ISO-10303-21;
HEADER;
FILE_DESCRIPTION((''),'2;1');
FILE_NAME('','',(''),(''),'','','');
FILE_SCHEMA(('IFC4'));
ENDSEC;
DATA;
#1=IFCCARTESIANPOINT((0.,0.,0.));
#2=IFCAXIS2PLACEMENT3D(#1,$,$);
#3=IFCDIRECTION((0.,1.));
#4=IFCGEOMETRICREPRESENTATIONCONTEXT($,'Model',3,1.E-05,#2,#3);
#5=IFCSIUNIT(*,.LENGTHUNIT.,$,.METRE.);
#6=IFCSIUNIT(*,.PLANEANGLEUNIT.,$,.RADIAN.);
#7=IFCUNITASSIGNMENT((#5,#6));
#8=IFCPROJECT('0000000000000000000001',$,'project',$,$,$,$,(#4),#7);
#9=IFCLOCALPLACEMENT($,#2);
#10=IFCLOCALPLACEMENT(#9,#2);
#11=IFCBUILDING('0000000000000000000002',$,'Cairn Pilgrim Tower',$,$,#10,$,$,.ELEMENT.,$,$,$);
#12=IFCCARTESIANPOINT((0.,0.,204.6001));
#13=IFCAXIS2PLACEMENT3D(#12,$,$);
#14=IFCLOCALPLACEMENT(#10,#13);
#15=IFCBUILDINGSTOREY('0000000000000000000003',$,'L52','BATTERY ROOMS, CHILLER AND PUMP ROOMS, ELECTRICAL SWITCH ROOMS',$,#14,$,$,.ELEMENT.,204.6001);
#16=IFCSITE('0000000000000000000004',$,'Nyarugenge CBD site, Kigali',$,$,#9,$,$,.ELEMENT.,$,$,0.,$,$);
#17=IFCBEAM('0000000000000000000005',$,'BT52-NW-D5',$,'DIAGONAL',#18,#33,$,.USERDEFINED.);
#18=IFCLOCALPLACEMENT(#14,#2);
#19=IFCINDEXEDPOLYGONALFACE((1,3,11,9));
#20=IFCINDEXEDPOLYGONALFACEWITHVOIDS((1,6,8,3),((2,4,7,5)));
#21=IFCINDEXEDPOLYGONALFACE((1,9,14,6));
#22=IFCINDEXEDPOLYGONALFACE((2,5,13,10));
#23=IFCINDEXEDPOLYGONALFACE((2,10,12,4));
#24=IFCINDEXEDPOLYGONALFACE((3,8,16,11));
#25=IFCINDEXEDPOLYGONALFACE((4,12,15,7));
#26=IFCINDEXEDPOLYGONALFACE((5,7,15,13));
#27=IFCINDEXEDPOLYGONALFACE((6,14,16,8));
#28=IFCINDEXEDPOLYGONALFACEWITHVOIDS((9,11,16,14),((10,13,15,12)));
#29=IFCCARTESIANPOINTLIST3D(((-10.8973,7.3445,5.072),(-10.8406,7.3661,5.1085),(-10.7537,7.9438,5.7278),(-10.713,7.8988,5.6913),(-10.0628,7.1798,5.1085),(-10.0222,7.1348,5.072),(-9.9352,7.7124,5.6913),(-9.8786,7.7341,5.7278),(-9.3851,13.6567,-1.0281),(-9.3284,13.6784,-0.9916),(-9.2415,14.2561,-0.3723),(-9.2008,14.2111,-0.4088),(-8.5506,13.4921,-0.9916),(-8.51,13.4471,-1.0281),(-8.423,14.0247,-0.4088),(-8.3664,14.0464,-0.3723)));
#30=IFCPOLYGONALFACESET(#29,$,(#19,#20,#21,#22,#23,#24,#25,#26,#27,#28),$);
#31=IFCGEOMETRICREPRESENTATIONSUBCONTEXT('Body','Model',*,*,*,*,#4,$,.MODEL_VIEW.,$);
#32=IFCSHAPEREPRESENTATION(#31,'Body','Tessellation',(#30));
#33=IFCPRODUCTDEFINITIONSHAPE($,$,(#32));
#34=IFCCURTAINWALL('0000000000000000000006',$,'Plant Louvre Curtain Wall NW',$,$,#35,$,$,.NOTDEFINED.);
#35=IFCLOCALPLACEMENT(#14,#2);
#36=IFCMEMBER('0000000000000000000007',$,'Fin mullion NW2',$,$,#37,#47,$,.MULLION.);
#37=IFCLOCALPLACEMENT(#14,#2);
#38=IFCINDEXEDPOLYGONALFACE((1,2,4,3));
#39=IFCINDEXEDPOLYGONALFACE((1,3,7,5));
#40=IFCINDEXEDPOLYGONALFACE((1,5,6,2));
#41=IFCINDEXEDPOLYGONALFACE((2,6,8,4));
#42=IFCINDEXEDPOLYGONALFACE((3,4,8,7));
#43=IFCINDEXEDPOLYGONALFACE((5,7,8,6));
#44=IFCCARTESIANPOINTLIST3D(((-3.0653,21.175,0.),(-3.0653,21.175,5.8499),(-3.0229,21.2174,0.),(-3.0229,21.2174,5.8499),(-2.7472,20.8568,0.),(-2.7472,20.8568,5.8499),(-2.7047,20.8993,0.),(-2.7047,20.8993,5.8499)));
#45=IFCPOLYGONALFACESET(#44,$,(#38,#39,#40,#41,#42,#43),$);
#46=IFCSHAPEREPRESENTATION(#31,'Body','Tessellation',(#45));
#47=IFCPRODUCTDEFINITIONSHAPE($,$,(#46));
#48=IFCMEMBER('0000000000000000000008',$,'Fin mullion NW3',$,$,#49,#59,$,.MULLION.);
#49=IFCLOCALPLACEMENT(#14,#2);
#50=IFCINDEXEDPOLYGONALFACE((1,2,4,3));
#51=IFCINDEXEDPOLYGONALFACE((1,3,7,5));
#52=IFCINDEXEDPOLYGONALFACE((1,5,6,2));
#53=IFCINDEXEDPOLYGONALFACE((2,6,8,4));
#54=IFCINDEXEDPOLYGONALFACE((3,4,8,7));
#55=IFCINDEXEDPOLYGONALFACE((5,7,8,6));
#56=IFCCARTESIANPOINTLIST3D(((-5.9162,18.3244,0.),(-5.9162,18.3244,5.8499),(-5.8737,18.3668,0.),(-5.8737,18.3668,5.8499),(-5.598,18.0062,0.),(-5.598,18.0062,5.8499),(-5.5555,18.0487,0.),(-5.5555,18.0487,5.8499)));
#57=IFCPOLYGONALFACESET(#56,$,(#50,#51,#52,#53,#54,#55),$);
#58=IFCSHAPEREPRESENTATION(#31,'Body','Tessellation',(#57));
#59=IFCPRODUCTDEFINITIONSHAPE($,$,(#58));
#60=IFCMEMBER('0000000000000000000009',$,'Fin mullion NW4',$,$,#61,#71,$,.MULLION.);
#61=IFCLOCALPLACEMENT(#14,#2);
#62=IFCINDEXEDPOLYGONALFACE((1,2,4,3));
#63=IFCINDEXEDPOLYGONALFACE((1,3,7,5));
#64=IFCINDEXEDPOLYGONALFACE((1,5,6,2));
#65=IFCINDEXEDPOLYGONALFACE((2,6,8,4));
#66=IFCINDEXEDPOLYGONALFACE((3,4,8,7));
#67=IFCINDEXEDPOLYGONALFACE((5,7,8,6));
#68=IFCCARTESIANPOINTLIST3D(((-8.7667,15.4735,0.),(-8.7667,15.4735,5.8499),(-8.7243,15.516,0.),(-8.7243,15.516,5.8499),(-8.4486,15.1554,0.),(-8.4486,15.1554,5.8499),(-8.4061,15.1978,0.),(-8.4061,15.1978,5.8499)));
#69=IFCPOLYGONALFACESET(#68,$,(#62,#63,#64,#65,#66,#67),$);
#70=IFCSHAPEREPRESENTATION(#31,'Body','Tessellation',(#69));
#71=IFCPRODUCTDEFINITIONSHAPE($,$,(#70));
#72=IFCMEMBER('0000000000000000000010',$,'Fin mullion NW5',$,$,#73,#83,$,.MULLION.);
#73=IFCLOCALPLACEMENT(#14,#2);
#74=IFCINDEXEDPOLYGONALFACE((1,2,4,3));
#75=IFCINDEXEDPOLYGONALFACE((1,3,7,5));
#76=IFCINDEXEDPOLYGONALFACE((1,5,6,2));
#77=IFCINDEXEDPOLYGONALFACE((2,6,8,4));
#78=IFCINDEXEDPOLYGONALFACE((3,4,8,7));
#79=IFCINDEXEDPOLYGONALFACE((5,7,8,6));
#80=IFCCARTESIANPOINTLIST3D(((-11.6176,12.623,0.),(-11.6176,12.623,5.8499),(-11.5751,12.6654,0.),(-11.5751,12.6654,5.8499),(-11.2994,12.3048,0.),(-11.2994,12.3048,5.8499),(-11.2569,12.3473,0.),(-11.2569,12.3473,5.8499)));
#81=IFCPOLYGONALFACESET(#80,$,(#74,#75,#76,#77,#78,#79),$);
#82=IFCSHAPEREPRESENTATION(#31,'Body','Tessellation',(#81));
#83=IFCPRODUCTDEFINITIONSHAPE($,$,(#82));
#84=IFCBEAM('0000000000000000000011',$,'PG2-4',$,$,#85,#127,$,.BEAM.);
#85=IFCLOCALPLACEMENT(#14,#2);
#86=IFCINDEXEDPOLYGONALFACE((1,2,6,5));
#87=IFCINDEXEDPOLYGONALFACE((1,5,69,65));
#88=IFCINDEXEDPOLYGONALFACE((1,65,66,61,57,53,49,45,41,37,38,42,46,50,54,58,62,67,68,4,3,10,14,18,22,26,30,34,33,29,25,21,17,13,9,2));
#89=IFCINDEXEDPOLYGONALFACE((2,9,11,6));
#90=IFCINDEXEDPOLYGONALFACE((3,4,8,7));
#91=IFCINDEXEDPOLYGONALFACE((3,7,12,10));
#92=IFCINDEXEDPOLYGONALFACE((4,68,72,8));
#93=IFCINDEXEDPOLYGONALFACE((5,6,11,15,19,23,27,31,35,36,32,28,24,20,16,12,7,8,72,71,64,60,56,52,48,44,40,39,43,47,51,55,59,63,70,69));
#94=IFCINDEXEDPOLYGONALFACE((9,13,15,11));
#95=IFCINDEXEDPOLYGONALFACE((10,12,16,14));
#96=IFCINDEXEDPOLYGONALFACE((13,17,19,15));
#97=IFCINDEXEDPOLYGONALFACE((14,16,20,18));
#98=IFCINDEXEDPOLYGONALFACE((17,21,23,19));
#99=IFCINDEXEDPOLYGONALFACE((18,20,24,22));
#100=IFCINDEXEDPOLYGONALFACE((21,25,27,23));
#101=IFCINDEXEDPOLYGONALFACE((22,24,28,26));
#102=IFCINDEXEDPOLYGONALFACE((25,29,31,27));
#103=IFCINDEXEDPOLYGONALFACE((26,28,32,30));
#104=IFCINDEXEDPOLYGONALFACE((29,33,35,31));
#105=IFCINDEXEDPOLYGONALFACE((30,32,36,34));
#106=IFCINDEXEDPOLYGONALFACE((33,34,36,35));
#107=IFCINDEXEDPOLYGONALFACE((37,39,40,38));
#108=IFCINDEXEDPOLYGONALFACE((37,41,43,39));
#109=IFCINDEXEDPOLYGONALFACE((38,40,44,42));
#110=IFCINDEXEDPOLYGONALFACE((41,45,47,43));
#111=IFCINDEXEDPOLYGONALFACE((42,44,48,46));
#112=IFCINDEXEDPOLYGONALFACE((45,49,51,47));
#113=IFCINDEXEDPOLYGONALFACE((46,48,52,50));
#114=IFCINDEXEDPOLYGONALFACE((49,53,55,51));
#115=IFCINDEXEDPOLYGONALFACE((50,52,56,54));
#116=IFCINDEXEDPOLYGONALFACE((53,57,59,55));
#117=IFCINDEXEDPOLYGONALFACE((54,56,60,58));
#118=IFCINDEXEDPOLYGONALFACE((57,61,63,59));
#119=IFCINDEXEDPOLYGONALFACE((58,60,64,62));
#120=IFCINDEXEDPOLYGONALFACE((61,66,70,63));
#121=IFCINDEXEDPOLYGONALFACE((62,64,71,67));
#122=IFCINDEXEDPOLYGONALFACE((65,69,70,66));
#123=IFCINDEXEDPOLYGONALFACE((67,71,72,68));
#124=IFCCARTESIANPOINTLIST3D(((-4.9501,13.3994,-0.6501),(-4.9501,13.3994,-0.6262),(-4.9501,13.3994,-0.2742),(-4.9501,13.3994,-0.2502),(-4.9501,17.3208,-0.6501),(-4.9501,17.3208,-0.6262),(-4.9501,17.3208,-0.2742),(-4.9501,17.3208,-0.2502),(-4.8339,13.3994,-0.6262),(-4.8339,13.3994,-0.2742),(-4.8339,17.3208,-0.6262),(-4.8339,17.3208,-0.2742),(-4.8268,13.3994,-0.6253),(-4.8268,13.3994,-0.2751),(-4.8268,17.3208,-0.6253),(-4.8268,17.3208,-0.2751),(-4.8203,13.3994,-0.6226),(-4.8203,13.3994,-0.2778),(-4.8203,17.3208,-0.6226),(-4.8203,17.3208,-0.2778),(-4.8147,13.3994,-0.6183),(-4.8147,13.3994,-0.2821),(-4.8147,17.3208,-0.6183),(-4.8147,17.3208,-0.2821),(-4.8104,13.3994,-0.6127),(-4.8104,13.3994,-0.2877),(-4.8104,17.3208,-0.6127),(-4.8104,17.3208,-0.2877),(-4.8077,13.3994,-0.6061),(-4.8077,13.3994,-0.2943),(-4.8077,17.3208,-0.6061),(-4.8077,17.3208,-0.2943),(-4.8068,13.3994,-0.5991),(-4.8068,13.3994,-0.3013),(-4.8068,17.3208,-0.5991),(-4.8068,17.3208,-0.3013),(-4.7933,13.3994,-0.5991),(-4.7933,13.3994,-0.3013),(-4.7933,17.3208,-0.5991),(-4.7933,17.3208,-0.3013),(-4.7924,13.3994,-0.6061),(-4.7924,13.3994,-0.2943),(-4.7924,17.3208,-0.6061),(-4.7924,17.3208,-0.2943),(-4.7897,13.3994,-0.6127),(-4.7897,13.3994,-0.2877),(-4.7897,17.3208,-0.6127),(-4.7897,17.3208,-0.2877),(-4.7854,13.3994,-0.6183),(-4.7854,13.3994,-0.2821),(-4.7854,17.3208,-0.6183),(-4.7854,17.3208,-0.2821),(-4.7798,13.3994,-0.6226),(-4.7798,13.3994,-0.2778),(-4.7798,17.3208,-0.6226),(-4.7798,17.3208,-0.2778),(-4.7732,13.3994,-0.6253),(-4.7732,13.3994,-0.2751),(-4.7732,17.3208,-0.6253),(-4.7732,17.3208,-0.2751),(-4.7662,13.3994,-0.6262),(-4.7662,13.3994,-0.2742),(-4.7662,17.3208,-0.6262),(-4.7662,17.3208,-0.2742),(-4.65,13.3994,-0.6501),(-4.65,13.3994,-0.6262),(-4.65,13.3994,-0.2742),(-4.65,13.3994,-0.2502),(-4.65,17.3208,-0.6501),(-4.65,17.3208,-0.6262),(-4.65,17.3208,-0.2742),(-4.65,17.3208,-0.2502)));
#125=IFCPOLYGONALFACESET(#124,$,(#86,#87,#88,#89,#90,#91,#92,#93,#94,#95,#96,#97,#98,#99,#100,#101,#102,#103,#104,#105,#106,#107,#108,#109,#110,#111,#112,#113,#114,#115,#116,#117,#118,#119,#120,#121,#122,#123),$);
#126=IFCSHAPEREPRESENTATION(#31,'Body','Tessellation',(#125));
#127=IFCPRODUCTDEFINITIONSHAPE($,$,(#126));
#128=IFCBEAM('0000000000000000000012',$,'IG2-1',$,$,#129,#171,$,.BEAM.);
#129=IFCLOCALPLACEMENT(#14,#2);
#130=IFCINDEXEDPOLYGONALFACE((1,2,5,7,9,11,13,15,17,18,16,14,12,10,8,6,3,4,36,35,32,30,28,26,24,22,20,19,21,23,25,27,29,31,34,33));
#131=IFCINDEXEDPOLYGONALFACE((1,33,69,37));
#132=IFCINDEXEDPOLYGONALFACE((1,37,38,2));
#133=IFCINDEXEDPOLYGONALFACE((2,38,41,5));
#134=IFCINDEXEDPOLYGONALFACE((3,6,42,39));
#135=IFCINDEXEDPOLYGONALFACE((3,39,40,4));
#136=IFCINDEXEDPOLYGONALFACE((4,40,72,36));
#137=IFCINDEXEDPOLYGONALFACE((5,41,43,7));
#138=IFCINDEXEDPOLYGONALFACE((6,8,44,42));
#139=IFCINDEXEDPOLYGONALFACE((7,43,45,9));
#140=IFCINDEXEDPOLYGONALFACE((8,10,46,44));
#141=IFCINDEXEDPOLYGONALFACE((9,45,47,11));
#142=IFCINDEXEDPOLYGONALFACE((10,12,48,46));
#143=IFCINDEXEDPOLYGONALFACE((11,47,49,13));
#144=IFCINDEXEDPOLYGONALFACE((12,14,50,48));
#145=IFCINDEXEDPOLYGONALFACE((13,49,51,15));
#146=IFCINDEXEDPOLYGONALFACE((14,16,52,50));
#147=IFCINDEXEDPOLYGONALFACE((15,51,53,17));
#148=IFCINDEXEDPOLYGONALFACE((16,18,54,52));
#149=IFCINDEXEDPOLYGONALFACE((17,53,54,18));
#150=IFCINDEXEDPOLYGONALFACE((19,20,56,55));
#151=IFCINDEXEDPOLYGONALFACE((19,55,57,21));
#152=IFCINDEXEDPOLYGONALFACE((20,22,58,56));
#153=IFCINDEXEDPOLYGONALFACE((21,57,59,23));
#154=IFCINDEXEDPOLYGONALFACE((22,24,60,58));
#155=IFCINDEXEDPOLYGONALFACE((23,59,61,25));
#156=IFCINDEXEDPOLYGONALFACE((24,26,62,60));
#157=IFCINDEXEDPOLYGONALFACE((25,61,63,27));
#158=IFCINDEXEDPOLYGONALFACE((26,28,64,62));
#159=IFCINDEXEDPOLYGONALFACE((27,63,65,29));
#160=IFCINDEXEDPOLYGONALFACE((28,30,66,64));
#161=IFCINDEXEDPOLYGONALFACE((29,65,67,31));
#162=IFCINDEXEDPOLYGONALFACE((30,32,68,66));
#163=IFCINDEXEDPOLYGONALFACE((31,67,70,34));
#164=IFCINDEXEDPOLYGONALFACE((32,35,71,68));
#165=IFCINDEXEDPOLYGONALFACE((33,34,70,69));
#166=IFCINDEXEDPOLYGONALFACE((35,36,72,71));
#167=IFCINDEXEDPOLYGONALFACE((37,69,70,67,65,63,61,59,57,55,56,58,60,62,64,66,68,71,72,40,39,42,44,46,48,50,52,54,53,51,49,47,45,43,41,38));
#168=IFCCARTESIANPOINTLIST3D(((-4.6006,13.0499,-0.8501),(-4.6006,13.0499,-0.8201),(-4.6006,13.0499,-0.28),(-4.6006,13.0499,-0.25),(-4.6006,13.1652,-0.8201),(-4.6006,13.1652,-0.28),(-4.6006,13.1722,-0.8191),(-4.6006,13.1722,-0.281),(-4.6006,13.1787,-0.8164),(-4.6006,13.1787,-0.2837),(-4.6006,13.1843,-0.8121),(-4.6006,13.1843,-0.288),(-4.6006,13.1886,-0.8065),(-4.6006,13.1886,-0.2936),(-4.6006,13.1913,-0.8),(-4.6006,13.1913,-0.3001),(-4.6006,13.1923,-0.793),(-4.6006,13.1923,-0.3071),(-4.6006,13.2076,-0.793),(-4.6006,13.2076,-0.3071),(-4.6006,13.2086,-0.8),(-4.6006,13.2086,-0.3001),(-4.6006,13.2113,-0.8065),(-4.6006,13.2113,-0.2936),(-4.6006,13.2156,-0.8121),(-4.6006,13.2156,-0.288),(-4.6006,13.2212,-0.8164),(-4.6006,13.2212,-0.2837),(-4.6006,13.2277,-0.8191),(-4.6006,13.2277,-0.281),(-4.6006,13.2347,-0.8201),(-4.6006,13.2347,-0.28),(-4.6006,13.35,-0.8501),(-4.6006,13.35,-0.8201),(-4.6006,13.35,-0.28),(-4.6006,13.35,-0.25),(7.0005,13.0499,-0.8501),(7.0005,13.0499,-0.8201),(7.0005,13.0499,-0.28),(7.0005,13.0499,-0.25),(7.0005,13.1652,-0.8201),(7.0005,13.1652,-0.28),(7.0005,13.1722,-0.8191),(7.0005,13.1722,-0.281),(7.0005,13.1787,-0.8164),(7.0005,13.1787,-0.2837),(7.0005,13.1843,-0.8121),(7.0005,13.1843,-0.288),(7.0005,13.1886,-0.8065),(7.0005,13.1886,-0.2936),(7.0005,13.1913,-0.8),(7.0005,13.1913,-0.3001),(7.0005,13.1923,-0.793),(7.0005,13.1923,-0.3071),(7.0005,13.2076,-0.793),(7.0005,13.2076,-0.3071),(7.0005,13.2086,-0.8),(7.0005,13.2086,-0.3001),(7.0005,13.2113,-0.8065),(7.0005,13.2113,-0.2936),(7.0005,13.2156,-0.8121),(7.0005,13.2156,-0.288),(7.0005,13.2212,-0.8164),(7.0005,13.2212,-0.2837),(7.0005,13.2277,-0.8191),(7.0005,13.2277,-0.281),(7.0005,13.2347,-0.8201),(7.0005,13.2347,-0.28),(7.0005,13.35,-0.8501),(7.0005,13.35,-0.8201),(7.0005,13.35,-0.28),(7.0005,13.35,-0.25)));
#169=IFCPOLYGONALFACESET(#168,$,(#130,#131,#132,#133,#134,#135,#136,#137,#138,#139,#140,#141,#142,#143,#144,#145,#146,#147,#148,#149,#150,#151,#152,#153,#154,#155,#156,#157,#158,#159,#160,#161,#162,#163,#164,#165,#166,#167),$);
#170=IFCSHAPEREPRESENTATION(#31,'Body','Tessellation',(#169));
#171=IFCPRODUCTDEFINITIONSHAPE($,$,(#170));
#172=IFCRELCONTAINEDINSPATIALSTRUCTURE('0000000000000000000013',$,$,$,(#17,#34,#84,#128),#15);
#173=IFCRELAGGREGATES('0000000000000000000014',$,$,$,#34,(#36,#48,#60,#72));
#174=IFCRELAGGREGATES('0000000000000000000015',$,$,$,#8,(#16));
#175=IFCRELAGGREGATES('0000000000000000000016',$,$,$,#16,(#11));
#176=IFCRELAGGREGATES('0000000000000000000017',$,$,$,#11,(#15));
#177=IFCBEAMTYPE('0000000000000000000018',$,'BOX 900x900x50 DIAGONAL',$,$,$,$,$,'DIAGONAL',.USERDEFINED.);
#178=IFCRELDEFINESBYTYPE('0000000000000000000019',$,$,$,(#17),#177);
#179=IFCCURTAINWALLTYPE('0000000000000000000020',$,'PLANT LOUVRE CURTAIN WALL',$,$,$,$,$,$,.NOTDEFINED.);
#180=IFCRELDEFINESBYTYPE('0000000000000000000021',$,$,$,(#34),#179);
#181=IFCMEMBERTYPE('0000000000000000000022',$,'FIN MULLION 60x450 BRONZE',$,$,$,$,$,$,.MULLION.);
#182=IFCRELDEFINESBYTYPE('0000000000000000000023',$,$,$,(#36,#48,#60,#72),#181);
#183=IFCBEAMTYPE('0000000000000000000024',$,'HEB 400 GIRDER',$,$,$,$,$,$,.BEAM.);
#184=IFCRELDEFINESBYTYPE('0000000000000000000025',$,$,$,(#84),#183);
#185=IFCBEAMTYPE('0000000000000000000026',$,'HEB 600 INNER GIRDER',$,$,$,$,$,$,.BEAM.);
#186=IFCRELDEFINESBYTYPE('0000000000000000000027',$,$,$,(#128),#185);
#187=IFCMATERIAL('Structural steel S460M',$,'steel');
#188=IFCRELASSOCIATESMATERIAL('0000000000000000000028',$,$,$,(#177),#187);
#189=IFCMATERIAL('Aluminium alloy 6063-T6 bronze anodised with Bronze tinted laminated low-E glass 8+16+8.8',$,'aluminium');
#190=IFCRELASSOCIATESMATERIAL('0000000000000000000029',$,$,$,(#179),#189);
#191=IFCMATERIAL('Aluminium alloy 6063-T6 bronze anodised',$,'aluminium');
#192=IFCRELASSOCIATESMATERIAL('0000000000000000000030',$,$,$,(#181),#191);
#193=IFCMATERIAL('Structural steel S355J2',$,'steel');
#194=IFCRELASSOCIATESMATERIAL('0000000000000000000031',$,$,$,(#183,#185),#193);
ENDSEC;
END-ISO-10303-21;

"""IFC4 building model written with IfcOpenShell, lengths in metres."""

from ifc_helpers import new_model, si_unit, direction, frame, origin, origin_2d, place, context, subcontext, project, spatial, rectangle, hollow_rectangle, i_section, extrude, material, material_profile, profile_set, type_object, element, aggregate, save


model = new_model("IFC4")

# Units and contexts
model_context = context("Model", 3, precision=1e-05, world=origin(), true_north=direction((0.0, 1.0)))
body_context = subcontext(model_context, "Body", "Model", "MODEL_VIEW")
ifc_project = project(units=[si_unit("LENGTHUNIT", "METRE"), si_unit("PLANEANGLEUNIT", "RADIAN")], contexts=[model_context])

# Site, building, storey
site_placement = place(None, origin())
site = spatial("IfcSite", under=ifc_project, at=site_placement, Name="Nyarugenge CBD site, Kigali", CompositionType="ELEMENT", RefElevation=0.0)
building_placement = place(site_placement, origin())
building = spatial("IfcBuilding", under=site, at=building_placement, Name="Cairn Pilgrim Tower", CompositionType="ELEMENT")
storey_placement = place(building_placement, frame((0.0, 0.0, 204.6001)))
storey = spatial("IfcBuildingStorey", under=building, at=storey_placement, Name="L52", Description="BATTERY ROOMS, CHILLER AND PUMP ROOMS, ELECTRICAL SWITCH ROOMS", CompositionType="ELEMENT", Elevation=204.6001)

# Shared definitions
ifc_material_1 = material(Name="Structural steel S460M", Category="steel")
ifc_material_2 = material(Name="Structural steel S355J2", Category="steel")

# Beam
ifc_material_profile_1 = material_profile(ifc_material_1, hollow_rectangle(XDim=0.8999, YDim=0.8999, WallThickness=0.05, at=origin_2d()), Name="BOX 900x900x50")
ifc_profile_set_1 = profile_set([ifc_material_profile_1], Name="Structural steel S460M")
beam_type_1 = type_object("IfcBeamType", Name="BOX 900x900x50 DIAGONAL", ElementType="DIAGONAL", PredefinedType="USERDEFINED", material=ifc_profile_set_1)
beam_1_placement = place(storey_placement, frame((-8.8757, 13.8516, -0.7002), z_axis=(-0.169769, -0.70865, 0.684832), x_axis=(0.972483, -0.232975, 0.0)))
element("IfcBeam", 1, at=beam_1_placement, inside=storey, type_object=beam_type_1, Name="BT52-NW-D5", ObjectType="DIAGONAL", PredefinedType="USERDEFINED", context=body_context, shape_type="SweptSolid", body=[
    extrude(hollow_rectangle(XDim=0.8999, YDim=0.8999, WallThickness=0.05, at=origin_2d()), origin(), (0.0, 0.0, 1.0), 8.9075),
])

# Curtain wall, members
ifc_material_3 = material(Name="Aluminium alloy 6063-T6 bronze anodised with Bronze tinted laminated low-E glass 8+16+8.8", Category="aluminium")
curtain_wall_type = type_object("IfcCurtainWallType", Name="PLANT LOUVRE CURTAIN WALL", PredefinedType="NOTDEFINED", material=ifc_material_3)
curtain_wall_placement = place(storey_placement, origin())
curtain_wall = element("IfcCurtainWall", 2, at=curtain_wall_placement, inside=storey, type_object=curtain_wall_type, Name="Plant Louvre Curtain Wall NW", PredefinedType="NOTDEFINED")
ifc_material_4 = material(Name="Aluminium alloy 6063-T6 bronze anodised", Category="aluminium")
ifc_material_profile_2 = material_profile(ifc_material_4, rectangle(XDim=0.45, YDim=0.0601, at=origin_2d()), Name="FIN MULLION 60x450 BRONZE")
ifc_profile_set_2 = profile_set([ifc_material_profile_2], Name="Aluminium alloy 6063-T6 bronze anodised")
member_type_1 = type_object("IfcMemberType", Name="FIN MULLION 60x450 BRONZE", PredefinedType="MULLION", material=ifc_profile_set_2)
member_1_placement = place(storey_placement, frame((-2.885, 21.0371, 0.0), z_axis=(0.0, 0.0, 1.0), x_axis=(-0.707107, 0.707107, 0.0)))
member_1 = element("IfcMember", 3, at=member_1_placement, type_object=member_type_1, Name="Fin mullion NW2", PredefinedType="MULLION", context=body_context, shape_type="SweptSolid", body=[
    extrude(rectangle(XDim=0.45, YDim=0.0601, at=origin_2d()), origin(), (0.0, 0.0, 1.0), 5.8499),
])
member_2_placement = place(storey_placement, frame((-5.7358, 18.1865, 0.0), z_axis=(0.0, 0.0, 1.0), x_axis=(-0.707107, 0.707107, 0.0)))
member_2 = element("IfcMember", 4, at=member_2_placement, type_object=member_type_1, Name="Fin mullion NW3", PredefinedType="MULLION", context=body_context, shape_type="SweptSolid", body=[
    extrude(rectangle(XDim=0.45, YDim=0.0601, at=origin_2d()), origin(), (0.0, 0.0, 1.0), 5.8499),
])
member_3_placement = place(storey_placement, frame((-8.5864, 15.3357, 0.0), z_axis=(0.0, 0.0, 1.0), x_axis=(-0.707107, 0.707107, 0.0)))
member_3 = element("IfcMember", 5, at=member_3_placement, type_object=member_type_1, Name="Fin mullion NW4", PredefinedType="MULLION", context=body_context, shape_type="SweptSolid", body=[
    extrude(rectangle(XDim=0.45, YDim=0.0601, at=origin_2d()), origin(), (0.0, 0.0, 1.0), 5.8499),
])
member_4_placement = place(storey_placement, frame((-11.4373, 12.4851, 0.0), z_axis=(0.0, 0.0, 1.0), x_axis=(-0.707107, 0.707107, 0.0)))
member_4 = element("IfcMember", 6, at=member_4_placement, type_object=member_type_1, Name="Fin mullion NW5", PredefinedType="MULLION", context=body_context, shape_type="SweptSolid", body=[
    extrude(rectangle(XDim=0.45, YDim=0.0601, at=origin_2d()), origin(), (0.0, 0.0, 1.0), 5.8499),
])

# Beams
ifc_material_profile_3 = material_profile(ifc_material_2, i_section(OverallWidth=0.3, OverallDepth=0.3999, WebThickness=0.0134, FlangeThickness=0.0239, FilletRadius=0.0271, at=origin_2d()), Name="HEB 400")
ifc_profile_set_3 = profile_set([ifc_material_profile_3], Name="Structural steel S355J2")
beam_type_2 = type_object("IfcBeamType", Name="HEB 400 GIRDER", PredefinedType="BEAM", material=ifc_profile_set_3)
beam_2_placement = place(storey_placement, frame((-4.8, 13.3994, -0.4502), z_axis=(0.0, 1.0, 0.0), x_axis=(-1.0, 0.0, 0.0)))
element("IfcBeam", 7, at=beam_2_placement, inside=storey, type_object=beam_type_2, Name="PG2-4", PredefinedType="BEAM", context=body_context, shape_type="SweptSolid", body=[
    extrude(i_section(OverallWidth=0.3, OverallDepth=0.3999, WebThickness=0.0134, FlangeThickness=0.0239, FilletRadius=0.0271, at=origin_2d()), origin(), (0.0, 0.0, 1.0), 3.9214),
])
ifc_material_profile_4 = material_profile(ifc_material_2, i_section(OverallWidth=0.3, OverallDepth=0.6001, WebThickness=0.0154, FlangeThickness=0.03, FilletRadius=0.0271, at=origin_2d()), Name="HEB 600")
ifc_profile_set_4 = profile_set([ifc_material_profile_4], Name="Structural steel S355J2")
beam_type_3 = type_object("IfcBeamType", Name="HEB 600 INNER GIRDER", PredefinedType="BEAM", material=ifc_profile_set_4)
beam_3_placement = place(storey_placement, frame((-4.6006, 13.2, -0.55), z_axis=(1.0, 0.0, 0.0), x_axis=(0.0, 1.0, 0.0)))
element("IfcBeam", 8, at=beam_3_placement, inside=storey, type_object=beam_type_3, Name="IG2-1", PredefinedType="BEAM", context=body_context, shape_type="SweptSolid", body=[
    extrude(i_section(OverallWidth=0.3, OverallDepth=0.6001, WebThickness=0.0154, FlangeThickness=0.03, FilletRadius=0.0271, at=origin_2d()), origin(), (0.0, 0.0, 1.0), 11.6011),
])

aggregate(curtain_wall, [member_1, member_2, member_3, member_4])

save(model, "model.ifc")
